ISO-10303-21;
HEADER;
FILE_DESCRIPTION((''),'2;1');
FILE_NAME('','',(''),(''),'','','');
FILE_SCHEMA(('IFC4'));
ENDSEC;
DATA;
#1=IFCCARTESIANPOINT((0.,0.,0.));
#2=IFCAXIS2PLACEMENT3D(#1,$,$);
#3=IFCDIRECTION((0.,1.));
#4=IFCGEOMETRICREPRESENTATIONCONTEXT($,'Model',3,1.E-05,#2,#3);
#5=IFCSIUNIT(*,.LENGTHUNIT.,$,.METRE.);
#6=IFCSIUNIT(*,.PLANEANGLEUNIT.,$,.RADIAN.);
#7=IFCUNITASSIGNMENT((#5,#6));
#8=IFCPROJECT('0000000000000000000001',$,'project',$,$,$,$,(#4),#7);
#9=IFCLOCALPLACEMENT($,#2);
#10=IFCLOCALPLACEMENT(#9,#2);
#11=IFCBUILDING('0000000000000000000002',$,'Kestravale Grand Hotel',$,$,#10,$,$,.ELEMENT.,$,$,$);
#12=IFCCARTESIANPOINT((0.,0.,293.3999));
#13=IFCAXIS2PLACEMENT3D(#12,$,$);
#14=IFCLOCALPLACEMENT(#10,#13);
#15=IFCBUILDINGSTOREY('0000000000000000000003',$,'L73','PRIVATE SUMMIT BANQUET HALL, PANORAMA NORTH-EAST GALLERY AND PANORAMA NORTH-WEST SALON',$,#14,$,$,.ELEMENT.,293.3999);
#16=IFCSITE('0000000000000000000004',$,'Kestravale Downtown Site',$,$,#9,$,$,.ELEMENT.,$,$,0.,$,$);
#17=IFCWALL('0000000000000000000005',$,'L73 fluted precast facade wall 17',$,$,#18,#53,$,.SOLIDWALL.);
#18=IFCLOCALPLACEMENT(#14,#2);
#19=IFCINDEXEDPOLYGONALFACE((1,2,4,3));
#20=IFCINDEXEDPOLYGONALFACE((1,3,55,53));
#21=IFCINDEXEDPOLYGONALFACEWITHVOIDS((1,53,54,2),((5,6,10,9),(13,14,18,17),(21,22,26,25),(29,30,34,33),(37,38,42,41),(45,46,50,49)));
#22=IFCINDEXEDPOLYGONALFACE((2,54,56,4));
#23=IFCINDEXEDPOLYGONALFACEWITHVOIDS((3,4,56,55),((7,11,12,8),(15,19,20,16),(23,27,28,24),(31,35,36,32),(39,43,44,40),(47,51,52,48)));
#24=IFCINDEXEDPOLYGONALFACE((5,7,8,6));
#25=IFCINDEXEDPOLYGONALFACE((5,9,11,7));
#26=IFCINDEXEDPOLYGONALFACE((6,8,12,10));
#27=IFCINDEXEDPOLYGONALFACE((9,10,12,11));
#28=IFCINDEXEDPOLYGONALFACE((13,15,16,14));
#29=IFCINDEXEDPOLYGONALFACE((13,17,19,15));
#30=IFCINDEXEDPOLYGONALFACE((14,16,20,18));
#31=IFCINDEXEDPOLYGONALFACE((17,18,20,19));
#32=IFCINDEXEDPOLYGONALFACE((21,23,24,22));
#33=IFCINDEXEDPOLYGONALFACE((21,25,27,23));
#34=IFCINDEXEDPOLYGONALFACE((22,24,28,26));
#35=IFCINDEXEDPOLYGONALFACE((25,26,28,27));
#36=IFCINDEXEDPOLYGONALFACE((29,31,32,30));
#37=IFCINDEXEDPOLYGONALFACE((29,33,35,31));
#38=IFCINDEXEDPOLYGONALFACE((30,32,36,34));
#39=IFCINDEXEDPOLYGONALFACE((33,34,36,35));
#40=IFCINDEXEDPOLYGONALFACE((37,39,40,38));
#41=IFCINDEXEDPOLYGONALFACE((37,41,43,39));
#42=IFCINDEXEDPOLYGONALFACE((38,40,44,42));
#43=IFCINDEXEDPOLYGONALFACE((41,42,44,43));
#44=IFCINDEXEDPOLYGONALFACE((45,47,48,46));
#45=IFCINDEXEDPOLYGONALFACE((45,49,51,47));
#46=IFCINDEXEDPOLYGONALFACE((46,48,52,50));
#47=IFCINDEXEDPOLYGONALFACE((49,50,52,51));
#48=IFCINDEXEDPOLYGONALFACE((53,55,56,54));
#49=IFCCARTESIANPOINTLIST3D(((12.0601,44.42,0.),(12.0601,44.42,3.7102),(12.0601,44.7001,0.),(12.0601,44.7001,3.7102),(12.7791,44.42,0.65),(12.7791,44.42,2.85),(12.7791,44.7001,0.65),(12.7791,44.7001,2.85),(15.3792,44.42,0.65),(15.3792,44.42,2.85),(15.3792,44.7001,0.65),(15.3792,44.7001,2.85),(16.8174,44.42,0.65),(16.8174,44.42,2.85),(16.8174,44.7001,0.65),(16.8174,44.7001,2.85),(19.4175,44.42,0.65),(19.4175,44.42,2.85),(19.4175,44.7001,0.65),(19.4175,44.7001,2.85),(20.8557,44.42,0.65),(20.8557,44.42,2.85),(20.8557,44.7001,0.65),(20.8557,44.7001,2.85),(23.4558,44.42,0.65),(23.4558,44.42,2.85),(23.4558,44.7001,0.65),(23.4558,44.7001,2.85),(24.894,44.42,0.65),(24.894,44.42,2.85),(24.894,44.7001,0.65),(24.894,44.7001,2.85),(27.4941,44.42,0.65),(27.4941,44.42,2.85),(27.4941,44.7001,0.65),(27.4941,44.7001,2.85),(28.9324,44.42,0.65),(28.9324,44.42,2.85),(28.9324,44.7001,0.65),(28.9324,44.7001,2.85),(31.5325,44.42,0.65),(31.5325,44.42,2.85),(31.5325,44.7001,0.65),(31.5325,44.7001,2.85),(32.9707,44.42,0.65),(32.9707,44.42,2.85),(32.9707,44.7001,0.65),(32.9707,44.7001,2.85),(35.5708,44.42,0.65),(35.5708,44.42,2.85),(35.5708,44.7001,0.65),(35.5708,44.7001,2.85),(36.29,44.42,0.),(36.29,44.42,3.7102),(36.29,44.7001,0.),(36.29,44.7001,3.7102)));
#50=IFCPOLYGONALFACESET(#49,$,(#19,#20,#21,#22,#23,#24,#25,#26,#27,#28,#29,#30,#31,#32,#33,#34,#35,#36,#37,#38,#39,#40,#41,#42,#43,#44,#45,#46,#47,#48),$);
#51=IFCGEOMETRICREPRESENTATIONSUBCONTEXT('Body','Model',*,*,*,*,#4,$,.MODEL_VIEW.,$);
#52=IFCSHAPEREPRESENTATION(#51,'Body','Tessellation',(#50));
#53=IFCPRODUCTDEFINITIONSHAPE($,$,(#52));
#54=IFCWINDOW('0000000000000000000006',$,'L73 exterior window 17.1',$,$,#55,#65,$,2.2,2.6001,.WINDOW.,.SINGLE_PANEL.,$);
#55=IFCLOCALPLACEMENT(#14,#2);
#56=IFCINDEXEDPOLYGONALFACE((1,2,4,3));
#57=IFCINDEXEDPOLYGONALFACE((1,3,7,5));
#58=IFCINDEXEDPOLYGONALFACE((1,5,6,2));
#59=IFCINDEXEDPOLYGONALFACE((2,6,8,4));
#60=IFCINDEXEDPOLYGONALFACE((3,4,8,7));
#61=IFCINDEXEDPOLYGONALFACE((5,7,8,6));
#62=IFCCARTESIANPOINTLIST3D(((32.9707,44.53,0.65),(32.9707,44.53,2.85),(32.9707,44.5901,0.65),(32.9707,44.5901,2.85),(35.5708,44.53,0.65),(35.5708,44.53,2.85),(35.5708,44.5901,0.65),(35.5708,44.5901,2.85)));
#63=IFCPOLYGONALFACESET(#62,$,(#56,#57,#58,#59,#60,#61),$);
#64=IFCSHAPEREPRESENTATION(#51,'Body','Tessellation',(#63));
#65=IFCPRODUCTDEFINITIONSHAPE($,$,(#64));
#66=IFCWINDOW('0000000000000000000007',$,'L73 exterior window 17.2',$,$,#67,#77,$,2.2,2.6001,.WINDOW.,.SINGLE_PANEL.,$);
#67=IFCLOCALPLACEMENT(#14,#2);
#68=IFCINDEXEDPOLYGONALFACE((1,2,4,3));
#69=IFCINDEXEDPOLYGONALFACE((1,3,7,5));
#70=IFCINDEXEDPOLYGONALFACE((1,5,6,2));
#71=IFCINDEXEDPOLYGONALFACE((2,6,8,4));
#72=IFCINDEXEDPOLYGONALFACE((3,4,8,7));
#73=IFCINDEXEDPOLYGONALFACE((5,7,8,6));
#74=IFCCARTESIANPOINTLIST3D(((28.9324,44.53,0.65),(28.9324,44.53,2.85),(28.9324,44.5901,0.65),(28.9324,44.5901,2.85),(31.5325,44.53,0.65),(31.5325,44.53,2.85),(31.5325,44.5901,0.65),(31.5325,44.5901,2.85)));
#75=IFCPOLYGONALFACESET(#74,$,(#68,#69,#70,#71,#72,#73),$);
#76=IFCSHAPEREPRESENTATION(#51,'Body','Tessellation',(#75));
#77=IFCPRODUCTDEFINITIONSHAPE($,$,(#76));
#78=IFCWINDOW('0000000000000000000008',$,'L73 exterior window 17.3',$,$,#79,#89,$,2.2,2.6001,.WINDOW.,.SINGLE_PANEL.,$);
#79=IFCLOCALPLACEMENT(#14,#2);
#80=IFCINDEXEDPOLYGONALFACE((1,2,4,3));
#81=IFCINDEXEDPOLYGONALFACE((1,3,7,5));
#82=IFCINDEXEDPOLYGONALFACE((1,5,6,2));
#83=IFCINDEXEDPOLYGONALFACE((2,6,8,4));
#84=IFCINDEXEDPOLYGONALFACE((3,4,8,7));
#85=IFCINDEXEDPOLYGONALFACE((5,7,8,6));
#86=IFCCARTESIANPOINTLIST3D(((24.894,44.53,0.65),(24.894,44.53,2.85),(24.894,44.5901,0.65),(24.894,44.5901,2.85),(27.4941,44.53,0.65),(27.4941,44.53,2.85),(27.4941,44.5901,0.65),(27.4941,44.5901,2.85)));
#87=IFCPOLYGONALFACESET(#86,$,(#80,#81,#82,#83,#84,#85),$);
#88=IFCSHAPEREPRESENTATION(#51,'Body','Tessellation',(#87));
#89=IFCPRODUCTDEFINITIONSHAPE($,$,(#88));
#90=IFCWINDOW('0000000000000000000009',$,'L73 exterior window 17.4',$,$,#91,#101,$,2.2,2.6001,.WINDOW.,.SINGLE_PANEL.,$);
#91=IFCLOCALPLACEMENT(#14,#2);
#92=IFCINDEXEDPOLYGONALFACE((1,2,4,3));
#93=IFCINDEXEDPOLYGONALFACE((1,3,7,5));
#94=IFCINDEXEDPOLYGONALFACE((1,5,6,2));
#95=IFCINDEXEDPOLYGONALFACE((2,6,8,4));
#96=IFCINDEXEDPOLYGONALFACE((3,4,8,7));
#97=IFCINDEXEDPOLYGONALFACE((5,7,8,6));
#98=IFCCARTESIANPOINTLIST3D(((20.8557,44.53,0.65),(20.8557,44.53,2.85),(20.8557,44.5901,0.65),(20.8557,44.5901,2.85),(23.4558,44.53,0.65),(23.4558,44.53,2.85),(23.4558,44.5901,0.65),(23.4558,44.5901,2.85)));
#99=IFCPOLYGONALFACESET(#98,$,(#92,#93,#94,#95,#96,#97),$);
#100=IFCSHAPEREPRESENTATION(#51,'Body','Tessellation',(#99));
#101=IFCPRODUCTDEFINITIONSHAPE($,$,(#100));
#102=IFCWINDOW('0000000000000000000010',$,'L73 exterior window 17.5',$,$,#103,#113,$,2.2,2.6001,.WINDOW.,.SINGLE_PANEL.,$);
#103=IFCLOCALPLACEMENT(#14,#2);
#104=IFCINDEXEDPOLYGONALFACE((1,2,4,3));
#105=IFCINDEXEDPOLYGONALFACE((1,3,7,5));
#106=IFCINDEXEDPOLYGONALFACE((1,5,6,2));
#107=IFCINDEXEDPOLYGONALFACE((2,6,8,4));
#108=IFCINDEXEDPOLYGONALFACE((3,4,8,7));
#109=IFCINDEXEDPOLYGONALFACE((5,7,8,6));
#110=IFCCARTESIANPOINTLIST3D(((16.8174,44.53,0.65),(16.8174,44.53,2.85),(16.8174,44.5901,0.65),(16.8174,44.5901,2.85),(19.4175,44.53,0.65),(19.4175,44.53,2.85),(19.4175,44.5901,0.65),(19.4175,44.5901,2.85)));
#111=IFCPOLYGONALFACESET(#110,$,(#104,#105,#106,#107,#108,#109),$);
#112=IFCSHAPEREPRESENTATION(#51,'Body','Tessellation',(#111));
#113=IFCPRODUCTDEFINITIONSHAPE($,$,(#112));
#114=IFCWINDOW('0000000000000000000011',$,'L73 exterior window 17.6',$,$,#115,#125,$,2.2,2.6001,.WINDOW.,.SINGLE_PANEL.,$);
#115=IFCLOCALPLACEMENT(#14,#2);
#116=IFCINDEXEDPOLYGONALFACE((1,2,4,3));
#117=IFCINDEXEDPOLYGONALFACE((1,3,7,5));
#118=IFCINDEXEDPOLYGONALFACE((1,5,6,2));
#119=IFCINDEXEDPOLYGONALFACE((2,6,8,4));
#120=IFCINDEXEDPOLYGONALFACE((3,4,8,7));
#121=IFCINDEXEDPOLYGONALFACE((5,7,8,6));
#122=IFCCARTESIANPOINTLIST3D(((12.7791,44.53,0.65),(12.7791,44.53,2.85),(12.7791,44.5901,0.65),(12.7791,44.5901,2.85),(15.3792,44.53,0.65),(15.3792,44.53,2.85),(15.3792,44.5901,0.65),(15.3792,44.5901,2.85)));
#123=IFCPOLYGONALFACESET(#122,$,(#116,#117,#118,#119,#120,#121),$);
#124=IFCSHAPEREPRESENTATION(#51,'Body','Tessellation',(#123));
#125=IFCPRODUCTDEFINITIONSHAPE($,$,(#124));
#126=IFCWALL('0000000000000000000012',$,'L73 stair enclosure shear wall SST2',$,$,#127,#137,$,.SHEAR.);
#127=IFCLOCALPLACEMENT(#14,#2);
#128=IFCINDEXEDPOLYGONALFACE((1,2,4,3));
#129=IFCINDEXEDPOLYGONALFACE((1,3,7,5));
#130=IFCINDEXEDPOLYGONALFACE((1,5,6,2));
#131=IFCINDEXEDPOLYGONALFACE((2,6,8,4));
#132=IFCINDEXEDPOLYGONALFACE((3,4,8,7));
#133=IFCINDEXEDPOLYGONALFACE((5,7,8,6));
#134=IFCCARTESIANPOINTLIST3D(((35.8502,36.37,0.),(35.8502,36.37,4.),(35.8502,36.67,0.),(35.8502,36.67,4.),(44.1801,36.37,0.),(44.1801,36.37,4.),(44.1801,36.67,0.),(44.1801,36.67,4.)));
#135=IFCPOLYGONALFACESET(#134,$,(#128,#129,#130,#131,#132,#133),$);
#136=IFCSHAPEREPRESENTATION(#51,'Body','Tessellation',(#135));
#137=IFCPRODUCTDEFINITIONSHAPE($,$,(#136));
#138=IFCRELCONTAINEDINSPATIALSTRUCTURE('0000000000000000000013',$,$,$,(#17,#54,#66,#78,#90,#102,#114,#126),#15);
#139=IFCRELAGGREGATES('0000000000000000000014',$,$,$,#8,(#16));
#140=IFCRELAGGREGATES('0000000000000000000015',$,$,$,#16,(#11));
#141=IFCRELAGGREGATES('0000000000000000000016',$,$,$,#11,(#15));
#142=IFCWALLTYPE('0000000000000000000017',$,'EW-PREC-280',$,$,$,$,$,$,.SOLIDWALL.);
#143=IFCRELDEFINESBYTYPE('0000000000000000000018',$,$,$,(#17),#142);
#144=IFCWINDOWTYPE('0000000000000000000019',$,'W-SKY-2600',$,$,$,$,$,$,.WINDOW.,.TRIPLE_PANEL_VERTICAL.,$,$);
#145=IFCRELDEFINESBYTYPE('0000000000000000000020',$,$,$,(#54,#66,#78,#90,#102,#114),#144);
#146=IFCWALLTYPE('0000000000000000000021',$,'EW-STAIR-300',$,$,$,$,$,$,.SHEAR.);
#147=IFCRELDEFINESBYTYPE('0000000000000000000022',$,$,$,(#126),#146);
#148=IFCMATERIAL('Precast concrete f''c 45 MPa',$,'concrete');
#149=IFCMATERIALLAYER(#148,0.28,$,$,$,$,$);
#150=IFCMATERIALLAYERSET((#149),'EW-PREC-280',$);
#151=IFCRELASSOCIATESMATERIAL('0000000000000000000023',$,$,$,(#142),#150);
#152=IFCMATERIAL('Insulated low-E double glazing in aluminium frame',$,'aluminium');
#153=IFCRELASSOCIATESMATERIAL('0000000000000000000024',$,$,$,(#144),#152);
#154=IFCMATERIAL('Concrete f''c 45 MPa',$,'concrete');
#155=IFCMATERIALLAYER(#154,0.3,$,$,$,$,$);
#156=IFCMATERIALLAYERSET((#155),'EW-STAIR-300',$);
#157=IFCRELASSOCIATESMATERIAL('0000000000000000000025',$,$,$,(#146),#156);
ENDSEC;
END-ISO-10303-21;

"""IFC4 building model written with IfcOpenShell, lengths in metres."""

from ifc_helpers import new_model, si_unit, direction, frame, frame_2d, origin, place, context, subcontext, project, spatial, rectangle, extrude, material, layer, layer_set, type_object, element, fill, save


model = new_model("IFC4")

# Units and contexts
model_context = context("Model", 3, precision=1e-05, world=origin(), true_north=direction((0.0, 1.0)))
body_context = subcontext(model_context, "Body", "Model", "MODEL_VIEW")
ifc_project = project(units=[si_unit("LENGTHUNIT", "METRE"), si_unit("PLANEANGLEUNIT", "RADIAN")], contexts=[model_context])

# Site, building, storey
site_placement = place(None, origin())
site = spatial("IfcSite", under=ifc_project, at=site_placement, Name="Kestravale Downtown Site", CompositionType="ELEMENT", RefElevation=0.0)
building_placement = place(site_placement, origin())
building = spatial("IfcBuilding", under=site, at=building_placement, Name="Kestravale Grand Hotel", CompositionType="ELEMENT")
storey_placement = place(building_placement, frame((0.0, 0.0, 293.3999)))
storey = spatial("IfcBuildingStorey", under=building, at=storey_placement, Name="L73", Description="PRIVATE SUMMIT BANQUET HALL, PANORAMA NORTH-EAST GALLERY AND PANORAMA NORTH-WEST SALON", CompositionType="ELEMENT", Elevation=293.3999)

# Shared definitions
ifc_material_1 = material(Name="Precast concrete f'c 45 MPa", Category="concrete")
ifc_layer_1 = layer(ifc_material_1, 0.28)
ifc_layer_set_1 = layer_set([ifc_layer_1], Name="EW-PREC-280")
wall_type_1 = type_object("IfcWallType", Name="EW-PREC-280", PredefinedType="SOLIDWALL", material=ifc_layer_set_1)

# Wall, openings, windows
wall_1_placement = place(storey_placement, frame((36.29, 44.5601, 0.0), z_axis=(0.0, 0.0, 1.0), x_axis=(-1.0, 0.0, 0.0)))
wall_1 = element("IfcWall", 1, at=wall_1_placement, inside=storey, type_object=wall_type_1, Name="L73 fluted precast facade wall 17", PredefinedType="SOLIDWALL", context=body_context, shape_type="SweptSolid", body=[
    extrude(rectangle(XDim=24.23, YDim=0.28, at=frame_2d((12.115, 0.0))), origin(), (0.0, 0.0, 1.0), 3.7102),
])
opening_1_placement = place(wall_1_placement, frame((0.7192, 0.0, 0.6499)))
opening_1 = element("IfcOpeningElement", 2, at=opening_1_placement, cuts=wall_1, PredefinedType="OPENING", context=body_context, shape_type="SweptSolid", body=[
    extrude(rectangle(XDim=2.6001, YDim=2.2, at=frame_2d((1.3, 1.1001))), frame((0.0, 0.1499, 0.0), z_axis=(0.0, -1.0, 0.0), x_axis=(1.0, 0.0, 0.0)), (0.0, 0.0, 1.0), 0.3),
])
opening_2_placement = place(wall_1_placement, frame((4.7576, 0.0, 0.6499)))
opening_2 = element("IfcOpeningElement", 3, at=opening_2_placement, cuts=wall_1, PredefinedType="OPENING", context=body_context, shape_type="SweptSolid", body=[
    extrude(rectangle(XDim=2.6001, YDim=2.2, at=frame_2d((1.3, 1.1001))), frame((0.0, 0.1499, 0.0), z_axis=(0.0, -1.0, 0.0), x_axis=(1.0, 0.0, 0.0)), (0.0, 0.0, 1.0), 0.3),
])
opening_3_placement = place(wall_1_placement, frame((8.7959, 0.0, 0.6499)))
opening_3 = element("IfcOpeningElement", 4, at=opening_3_placement, cuts=wall_1, PredefinedType="OPENING", context=body_context, shape_type="SweptSolid", body=[
    extrude(rectangle(XDim=2.6001, YDim=2.2, at=frame_2d((1.3, 1.1001))), frame((0.0, 0.1499, 0.0), z_axis=(0.0, -1.0, 0.0), x_axis=(1.0, 0.0, 0.0)), (0.0, 0.0, 1.0), 0.3),
])
opening_4_placement = place(wall_1_placement, frame((12.8342, 0.0, 0.6499)))
opening_4 = element("IfcOpeningElement", 5, at=opening_4_placement, cuts=wall_1, PredefinedType="OPENING", context=body_context, shape_type="SweptSolid", body=[
    extrude(rectangle(XDim=2.6001, YDim=2.2, at=frame_2d((1.3, 1.1001))), frame((0.0, 0.1499, 0.0), z_axis=(0.0, -1.0, 0.0), x_axis=(1.0, 0.0, 0.0)), (0.0, 0.0, 1.0), 0.3),
])
opening_5_placement = place(wall_1_placement, frame((16.8726, 0.0, 0.6499)))
opening_5 = element("IfcOpeningElement", 6, at=opening_5_placement, cuts=wall_1, PredefinedType="OPENING", context=body_context, shape_type="SweptSolid", body=[
    extrude(rectangle(XDim=2.6001, YDim=2.2, at=frame_2d((1.3, 1.1001))), frame((0.0, 0.1499, 0.0), z_axis=(0.0, -1.0, 0.0), x_axis=(1.0, 0.0, 0.0)), (0.0, 0.0, 1.0), 0.3),
])
opening_6_placement = place(wall_1_placement, frame((20.9109, 0.0, 0.6499)))
opening_6 = element("IfcOpeningElement", 7, at=opening_6_placement, cuts=wall_1, PredefinedType="OPENING", context=body_context, shape_type="SweptSolid", body=[
    extrude(rectangle(XDim=2.6001, YDim=2.2, at=frame_2d((1.3, 1.1001))), frame((0.0, 0.1499, 0.0), z_axis=(0.0, -1.0, 0.0), x_axis=(1.0, 0.0, 0.0)), (0.0, 0.0, 1.0), 0.3),
])
ifc_material_2 = material(Name="Insulated low-E double glazing in aluminium frame", Category="aluminium")
window_type = type_object("IfcWindowType", Name="W-SKY-2600", PartitioningType="TRIPLE_PANEL_VERTICAL", PredefinedType="WINDOW", material=ifc_material_2)
window_1_placement = place(opening_1_placement, origin())
window_1 = element("IfcWindow", 8, at=window_1_placement, inside=storey, type_object=window_type, Name="L73 exterior window 17.1", OverallHeight=2.2, OverallWidth=2.6001, PartitioningType="SINGLE_PANEL", PredefinedType="WINDOW", context=body_context, shape_type="SweptSolid", body=[
    extrude(rectangle(XDim=2.6001, YDim=2.2, at=frame_2d((1.3, 1.1001))), frame((0.0, 0.03, 0.0), z_axis=(0.0, -1.0, 0.0), x_axis=(1.0, 0.0, 0.0)), (0.0, 0.0, 1.0), 0.0601),
])
fill(opening_1, window_1)
window_2_placement = place(opening_2_placement, origin())
window_2 = element("IfcWindow", 9, at=window_2_placement, inside=storey, type_object=window_type, Name="L73 exterior window 17.2", OverallHeight=2.2, OverallWidth=2.6001, PartitioningType="SINGLE_PANEL", PredefinedType="WINDOW", context=body_context, shape_type="SweptSolid", body=[
    extrude(rectangle(XDim=2.6001, YDim=2.2, at=frame_2d((1.3, 1.1001))), frame((0.0, 0.03, 0.0), z_axis=(0.0, -1.0, 0.0), x_axis=(1.0, 0.0, 0.0)), (0.0, 0.0, 1.0), 0.0601),
])
fill(opening_2, window_2)
window_3_placement = place(opening_3_placement, origin())
window_3 = element("IfcWindow", 10, at=window_3_placement, inside=storey, type_object=window_type, Name="L73 exterior window 17.3", OverallHeight=2.2, OverallWidth=2.6001, PartitioningType="SINGLE_PANEL", PredefinedType="WINDOW", context=body_context, shape_type="SweptSolid", body=[
    extrude(rectangle(XDim=2.6001, YDim=2.2, at=frame_2d((1.3, 1.1001))), frame((0.0, 0.03, 0.0), z_axis=(0.0, -1.0, 0.0), x_axis=(1.0, 0.0, 0.0)), (0.0, 0.0, 1.0), 0.0601),
])
fill(opening_3, window_3)
window_4_placement = place(opening_4_placement, origin())
window_4 = element("IfcWindow", 11, at=window_4_placement, inside=storey, type_object=window_type, Name="L73 exterior window 17.4", OverallHeight=2.2, OverallWidth=2.6001, PartitioningType="SINGLE_PANEL", PredefinedType="WINDOW", context=body_context, shape_type="SweptSolid", body=[
    extrude(rectangle(XDim=2.6001, YDim=2.2, at=frame_2d((1.3, 1.1001))), frame((0.0, 0.03, 0.0), z_axis=(0.0, -1.0, 0.0), x_axis=(1.0, 0.0, 0.0)), (0.0, 0.0, 1.0), 0.0601),
])
fill(opening_4, window_4)
window_5_placement = place(opening_5_placement, origin())
window_5 = element("IfcWindow", 12, at=window_5_placement, inside=storey, type_object=window_type, Name="L73 exterior window 17.5", OverallHeight=2.2, OverallWidth=2.6001, PartitioningType="SINGLE_PANEL", PredefinedType="WINDOW", context=body_context, shape_type="SweptSolid", body=[
    extrude(rectangle(XDim=2.6001, YDim=2.2, at=frame_2d((1.3, 1.1001))), frame((0.0, 0.03, 0.0), z_axis=(0.0, -1.0, 0.0), x_axis=(1.0, 0.0, 0.0)), (0.0, 0.0, 1.0), 0.0601),
])
fill(opening_5, window_5)
window_6_placement = place(opening_6_placement, origin())
window_6 = element("IfcWindow", 13, at=window_6_placement, inside=storey, type_object=window_type, Name="L73 exterior window 17.6", OverallHeight=2.2, OverallWidth=2.6001, PartitioningType="SINGLE_PANEL", PredefinedType="WINDOW", context=body_context, shape_type="SweptSolid", body=[
    extrude(rectangle(XDim=2.6001, YDim=2.2, at=frame_2d((1.3, 1.1001))), frame((0.0, 0.03, 0.0), z_axis=(0.0, -1.0, 0.0), x_axis=(1.0, 0.0, 0.0)), (0.0, 0.0, 1.0), 0.0601),
])
fill(opening_6, window_6)

# Wall
ifc_material_3 = material(Name="Concrete f'c 45 MPa", Category="concrete")
ifc_layer_2 = layer(ifc_material_3, 0.3)
ifc_layer_set_2 = layer_set([ifc_layer_2], Name="EW-STAIR-300")
wall_type_2 = type_object("IfcWallType", Name="EW-STAIR-300", PredefinedType="SHEAR", material=ifc_layer_set_2)
wall_2_placement = place(storey_placement, frame((35.8501, 36.52, 0.0), z_axis=(0.0, 0.0, 1.0), x_axis=(1.0, 0.0, 0.0)))
element("IfcWall", 14, at=wall_2_placement, inside=storey, type_object=wall_type_2, Name="L73 stair enclosure shear wall SST2", PredefinedType="SHEAR", context=body_context, shape_type="SweptSolid", body=[
    extrude(rectangle(XDim=8.3298, YDim=0.3, at=frame_2d((4.165, 0.0))), origin(), (0.0, 0.0, 1.0), 4.0),
])

save(model, "model.ifc")
